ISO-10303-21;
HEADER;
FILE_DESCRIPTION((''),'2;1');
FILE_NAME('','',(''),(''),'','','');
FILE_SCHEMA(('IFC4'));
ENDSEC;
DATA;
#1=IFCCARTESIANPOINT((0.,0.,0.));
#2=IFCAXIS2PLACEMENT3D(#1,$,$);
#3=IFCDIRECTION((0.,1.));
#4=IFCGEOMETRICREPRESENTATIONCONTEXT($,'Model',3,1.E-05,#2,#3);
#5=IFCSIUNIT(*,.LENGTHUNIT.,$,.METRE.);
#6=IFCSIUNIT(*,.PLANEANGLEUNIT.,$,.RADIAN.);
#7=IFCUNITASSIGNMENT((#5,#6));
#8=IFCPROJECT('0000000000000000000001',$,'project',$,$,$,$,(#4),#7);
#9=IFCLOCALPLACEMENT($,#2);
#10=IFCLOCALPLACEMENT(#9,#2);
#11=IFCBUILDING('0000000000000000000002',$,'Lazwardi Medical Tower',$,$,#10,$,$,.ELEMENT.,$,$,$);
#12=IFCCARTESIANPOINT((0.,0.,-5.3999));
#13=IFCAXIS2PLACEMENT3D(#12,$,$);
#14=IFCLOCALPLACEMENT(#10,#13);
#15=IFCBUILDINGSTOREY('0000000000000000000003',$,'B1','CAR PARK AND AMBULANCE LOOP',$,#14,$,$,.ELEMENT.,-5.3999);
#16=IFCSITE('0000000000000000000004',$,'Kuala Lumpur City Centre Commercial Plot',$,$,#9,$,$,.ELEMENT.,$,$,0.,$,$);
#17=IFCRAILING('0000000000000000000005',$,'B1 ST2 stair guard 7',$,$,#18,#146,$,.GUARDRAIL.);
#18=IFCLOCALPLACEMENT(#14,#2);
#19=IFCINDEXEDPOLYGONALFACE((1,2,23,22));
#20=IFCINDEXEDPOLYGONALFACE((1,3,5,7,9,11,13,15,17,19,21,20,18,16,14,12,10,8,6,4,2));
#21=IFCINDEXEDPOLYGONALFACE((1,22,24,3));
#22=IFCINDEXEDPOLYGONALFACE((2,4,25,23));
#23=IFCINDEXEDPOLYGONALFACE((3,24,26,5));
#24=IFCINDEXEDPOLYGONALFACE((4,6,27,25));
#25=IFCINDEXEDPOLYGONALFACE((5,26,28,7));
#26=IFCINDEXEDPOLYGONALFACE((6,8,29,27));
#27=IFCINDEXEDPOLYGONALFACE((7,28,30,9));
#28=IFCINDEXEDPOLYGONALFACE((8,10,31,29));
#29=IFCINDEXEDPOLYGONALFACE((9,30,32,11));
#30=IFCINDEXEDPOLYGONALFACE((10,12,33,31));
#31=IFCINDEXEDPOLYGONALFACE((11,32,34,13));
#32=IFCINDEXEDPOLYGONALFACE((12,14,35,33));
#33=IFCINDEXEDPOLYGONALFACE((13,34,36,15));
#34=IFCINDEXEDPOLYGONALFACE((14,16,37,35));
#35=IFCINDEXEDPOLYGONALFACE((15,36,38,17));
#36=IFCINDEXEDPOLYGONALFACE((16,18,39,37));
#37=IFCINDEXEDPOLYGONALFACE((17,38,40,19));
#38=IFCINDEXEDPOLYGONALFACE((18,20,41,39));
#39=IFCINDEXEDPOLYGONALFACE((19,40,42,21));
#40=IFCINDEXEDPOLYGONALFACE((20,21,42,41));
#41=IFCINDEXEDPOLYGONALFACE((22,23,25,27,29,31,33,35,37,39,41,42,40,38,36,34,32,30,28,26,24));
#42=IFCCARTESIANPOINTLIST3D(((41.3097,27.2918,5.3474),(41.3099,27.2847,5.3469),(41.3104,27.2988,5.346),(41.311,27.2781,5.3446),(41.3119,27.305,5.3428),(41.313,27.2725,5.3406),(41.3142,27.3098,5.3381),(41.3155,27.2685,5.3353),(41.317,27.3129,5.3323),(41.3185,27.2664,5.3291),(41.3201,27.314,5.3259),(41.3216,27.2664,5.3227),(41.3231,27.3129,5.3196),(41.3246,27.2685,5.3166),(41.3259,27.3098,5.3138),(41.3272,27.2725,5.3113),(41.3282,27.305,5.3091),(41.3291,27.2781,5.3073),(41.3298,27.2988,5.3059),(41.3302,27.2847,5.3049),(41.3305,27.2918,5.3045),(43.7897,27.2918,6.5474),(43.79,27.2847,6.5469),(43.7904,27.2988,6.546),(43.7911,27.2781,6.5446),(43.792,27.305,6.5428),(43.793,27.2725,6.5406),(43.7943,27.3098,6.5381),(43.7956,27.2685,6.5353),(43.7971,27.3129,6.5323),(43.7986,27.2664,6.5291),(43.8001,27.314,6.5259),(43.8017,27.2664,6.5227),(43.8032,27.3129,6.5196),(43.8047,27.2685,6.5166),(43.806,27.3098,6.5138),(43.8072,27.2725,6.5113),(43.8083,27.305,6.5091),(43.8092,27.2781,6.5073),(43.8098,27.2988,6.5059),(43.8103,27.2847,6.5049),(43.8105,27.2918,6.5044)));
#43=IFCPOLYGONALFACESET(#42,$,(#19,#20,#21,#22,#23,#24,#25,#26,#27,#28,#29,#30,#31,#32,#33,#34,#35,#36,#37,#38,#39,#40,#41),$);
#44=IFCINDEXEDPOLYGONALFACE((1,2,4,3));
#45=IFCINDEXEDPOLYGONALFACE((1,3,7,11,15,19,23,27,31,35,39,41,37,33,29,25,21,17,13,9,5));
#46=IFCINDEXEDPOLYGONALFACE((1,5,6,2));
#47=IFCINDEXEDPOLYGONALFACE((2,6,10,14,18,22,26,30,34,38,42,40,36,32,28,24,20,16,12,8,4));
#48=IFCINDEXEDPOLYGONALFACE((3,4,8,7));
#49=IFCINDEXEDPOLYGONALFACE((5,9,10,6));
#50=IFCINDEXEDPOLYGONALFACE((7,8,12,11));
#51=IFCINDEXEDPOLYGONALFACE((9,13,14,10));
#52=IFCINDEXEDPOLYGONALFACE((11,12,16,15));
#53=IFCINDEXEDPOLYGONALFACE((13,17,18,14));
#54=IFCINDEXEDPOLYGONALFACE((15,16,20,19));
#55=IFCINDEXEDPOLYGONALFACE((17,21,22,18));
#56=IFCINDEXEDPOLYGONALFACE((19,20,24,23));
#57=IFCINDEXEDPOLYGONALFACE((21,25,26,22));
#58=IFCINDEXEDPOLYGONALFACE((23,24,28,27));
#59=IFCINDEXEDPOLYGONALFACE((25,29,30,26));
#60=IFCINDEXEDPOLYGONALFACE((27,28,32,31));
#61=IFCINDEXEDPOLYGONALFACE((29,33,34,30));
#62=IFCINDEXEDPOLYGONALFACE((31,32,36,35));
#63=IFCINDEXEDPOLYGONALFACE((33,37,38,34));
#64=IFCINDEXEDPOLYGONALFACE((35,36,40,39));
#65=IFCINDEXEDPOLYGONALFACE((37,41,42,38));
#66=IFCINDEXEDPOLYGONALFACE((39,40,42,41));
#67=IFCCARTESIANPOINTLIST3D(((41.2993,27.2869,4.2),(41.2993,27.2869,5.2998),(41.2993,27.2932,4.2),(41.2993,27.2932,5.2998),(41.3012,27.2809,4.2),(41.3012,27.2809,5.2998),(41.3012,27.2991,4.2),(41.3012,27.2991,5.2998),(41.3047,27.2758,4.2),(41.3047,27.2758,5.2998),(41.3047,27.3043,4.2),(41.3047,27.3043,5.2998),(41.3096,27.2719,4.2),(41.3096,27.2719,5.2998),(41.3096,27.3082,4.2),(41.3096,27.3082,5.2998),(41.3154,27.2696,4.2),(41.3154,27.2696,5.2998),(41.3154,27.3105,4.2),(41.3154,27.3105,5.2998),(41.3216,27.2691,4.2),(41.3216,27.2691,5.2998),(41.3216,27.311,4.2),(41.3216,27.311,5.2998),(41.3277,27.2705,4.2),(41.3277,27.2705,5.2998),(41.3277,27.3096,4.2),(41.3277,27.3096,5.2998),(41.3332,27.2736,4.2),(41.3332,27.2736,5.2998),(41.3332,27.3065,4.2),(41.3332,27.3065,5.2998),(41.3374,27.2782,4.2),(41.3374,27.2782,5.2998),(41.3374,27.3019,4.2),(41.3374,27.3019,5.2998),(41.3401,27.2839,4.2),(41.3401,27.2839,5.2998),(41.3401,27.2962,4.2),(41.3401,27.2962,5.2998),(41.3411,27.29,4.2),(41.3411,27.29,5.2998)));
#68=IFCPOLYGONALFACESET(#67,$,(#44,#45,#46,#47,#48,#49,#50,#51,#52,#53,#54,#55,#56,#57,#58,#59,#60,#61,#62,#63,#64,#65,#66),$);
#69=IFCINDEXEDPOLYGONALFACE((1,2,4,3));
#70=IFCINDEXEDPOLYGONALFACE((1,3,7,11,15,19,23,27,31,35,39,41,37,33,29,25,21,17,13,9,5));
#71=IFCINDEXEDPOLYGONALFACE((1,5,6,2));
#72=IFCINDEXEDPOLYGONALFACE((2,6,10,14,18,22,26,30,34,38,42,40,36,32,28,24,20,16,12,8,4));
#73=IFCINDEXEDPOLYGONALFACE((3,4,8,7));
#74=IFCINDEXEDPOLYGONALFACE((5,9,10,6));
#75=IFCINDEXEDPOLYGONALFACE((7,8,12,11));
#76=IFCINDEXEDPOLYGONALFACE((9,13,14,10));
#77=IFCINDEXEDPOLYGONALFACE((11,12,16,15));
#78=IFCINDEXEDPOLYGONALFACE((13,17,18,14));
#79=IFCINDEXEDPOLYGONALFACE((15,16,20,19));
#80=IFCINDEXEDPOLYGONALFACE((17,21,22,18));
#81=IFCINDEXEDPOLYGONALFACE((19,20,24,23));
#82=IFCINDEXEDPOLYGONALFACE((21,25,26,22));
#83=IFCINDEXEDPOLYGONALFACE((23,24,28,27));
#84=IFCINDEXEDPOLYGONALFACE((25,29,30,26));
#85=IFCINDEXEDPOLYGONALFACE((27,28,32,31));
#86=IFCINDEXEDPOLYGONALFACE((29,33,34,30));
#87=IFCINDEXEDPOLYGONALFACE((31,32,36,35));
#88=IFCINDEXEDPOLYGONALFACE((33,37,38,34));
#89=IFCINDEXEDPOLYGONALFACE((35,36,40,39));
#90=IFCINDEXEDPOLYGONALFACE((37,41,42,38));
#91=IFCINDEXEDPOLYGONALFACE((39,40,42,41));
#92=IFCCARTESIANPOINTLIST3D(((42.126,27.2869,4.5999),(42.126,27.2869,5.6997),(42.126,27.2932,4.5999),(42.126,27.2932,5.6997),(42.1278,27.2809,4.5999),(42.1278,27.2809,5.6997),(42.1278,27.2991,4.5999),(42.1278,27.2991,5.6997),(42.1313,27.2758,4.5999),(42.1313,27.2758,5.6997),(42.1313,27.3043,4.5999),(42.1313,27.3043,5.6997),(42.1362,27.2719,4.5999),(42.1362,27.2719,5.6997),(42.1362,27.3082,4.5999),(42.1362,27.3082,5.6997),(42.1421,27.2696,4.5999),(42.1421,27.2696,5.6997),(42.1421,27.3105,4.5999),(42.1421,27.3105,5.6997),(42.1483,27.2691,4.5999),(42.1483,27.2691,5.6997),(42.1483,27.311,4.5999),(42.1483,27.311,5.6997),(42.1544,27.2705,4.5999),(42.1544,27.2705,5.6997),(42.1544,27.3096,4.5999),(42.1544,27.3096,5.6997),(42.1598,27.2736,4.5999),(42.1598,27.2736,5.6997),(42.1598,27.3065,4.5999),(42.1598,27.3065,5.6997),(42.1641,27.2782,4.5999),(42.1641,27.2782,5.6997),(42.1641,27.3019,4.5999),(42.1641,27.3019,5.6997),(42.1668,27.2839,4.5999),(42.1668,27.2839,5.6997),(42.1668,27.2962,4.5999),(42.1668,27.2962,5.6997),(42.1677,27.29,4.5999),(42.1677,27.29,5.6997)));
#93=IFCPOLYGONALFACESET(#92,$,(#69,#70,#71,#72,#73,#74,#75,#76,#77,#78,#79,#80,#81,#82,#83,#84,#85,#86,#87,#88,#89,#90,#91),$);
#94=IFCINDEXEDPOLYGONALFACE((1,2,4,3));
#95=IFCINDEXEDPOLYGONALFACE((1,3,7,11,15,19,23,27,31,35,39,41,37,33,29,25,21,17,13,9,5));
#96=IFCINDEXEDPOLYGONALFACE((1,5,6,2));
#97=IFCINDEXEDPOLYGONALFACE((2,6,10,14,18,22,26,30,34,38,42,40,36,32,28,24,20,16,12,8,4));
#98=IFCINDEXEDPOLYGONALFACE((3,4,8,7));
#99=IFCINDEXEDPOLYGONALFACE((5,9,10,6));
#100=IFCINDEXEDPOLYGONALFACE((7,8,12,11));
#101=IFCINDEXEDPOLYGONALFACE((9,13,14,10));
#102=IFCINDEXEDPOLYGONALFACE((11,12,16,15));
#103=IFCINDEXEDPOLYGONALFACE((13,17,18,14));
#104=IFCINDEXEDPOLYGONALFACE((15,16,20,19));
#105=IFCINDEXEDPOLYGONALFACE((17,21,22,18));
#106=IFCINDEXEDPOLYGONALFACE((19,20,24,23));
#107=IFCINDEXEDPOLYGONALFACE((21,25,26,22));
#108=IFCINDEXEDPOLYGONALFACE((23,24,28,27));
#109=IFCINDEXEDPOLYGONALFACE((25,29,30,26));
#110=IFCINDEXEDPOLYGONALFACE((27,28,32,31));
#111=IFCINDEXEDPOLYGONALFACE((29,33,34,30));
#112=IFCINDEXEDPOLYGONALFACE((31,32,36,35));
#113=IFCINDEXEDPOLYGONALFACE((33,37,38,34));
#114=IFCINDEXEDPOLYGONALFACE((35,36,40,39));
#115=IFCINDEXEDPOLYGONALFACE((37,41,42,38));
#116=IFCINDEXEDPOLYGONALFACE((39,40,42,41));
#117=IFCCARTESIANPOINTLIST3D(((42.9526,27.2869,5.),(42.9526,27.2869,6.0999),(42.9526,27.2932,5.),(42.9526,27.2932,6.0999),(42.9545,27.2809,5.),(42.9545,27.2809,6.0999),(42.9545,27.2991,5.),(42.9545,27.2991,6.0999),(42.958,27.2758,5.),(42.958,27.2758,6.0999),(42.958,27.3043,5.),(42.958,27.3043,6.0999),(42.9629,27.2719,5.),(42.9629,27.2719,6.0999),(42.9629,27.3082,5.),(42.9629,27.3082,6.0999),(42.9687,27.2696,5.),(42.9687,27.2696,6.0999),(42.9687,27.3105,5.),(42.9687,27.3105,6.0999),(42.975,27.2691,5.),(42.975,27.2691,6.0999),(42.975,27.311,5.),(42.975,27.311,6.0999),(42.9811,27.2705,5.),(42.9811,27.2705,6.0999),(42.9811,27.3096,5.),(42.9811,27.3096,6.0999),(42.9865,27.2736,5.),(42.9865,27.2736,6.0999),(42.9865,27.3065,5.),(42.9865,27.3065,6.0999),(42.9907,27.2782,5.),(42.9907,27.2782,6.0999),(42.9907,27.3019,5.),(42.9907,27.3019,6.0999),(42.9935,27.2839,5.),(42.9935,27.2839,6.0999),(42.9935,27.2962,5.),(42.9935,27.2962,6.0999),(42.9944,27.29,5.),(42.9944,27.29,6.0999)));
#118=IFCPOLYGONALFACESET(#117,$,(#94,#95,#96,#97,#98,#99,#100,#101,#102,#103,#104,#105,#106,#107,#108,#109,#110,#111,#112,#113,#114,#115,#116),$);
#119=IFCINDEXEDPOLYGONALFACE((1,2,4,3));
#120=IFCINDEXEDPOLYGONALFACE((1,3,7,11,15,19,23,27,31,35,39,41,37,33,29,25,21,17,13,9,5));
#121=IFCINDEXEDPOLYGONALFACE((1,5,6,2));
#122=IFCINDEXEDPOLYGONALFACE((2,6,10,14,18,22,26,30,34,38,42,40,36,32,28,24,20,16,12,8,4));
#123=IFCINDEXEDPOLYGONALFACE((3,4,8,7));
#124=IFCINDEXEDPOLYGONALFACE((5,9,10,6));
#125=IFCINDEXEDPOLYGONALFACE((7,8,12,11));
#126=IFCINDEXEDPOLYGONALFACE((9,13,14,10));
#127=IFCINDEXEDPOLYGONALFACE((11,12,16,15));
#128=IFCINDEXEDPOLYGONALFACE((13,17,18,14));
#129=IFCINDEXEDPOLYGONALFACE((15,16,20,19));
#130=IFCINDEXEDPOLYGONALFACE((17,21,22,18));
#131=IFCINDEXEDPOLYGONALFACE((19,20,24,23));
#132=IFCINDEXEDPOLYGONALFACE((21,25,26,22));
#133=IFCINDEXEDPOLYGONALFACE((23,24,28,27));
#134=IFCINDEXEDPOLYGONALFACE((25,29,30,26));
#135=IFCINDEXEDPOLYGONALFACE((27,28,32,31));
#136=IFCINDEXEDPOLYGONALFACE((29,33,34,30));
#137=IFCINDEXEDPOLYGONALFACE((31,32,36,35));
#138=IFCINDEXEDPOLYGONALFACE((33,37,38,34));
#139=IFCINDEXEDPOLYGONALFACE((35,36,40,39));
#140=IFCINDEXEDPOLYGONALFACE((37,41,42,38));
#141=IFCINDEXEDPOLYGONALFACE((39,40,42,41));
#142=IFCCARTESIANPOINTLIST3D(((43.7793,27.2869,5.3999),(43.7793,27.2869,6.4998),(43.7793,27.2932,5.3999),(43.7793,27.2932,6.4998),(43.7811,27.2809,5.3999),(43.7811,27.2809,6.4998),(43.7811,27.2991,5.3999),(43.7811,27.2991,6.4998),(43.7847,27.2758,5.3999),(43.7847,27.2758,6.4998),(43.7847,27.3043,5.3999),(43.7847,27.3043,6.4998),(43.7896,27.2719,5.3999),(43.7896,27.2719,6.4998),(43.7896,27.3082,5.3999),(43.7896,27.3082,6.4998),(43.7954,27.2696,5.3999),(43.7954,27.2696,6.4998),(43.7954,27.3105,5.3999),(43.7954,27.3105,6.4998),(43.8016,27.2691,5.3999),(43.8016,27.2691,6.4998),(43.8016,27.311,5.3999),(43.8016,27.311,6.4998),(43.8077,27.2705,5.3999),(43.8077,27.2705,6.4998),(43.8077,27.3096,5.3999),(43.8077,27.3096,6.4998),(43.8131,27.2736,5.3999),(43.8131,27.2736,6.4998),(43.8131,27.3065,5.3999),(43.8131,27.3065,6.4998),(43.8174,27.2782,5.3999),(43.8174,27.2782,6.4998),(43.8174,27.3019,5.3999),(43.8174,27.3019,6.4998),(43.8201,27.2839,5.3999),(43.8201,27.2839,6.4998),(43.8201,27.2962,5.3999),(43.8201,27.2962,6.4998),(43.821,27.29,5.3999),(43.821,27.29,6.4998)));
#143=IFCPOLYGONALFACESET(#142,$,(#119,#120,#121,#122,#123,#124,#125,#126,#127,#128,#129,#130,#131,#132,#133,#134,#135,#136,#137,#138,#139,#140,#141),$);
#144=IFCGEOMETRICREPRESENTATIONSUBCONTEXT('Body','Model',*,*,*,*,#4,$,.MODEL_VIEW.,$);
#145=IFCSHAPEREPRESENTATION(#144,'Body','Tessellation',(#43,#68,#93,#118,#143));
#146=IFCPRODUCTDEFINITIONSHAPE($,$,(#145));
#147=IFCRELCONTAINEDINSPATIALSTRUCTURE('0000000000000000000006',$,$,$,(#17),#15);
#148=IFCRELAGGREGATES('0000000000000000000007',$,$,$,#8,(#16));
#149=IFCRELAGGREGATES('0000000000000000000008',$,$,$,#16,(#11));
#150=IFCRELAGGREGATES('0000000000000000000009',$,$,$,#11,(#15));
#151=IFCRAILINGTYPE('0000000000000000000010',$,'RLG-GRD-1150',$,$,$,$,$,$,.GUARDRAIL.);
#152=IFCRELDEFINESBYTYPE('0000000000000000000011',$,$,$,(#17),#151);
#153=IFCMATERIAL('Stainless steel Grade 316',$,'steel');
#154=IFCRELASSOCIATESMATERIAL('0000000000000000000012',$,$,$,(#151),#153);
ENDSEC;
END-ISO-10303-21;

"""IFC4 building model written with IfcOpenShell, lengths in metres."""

from ifc_helpers import new_model, si_unit, direction, frame, origin, origin_2d, place, context, subcontext, project, spatial, circle, extrude, material, type_object, element, save


model = new_model("IFC4")

# Units and contexts
model_context = context("Model", 3, precision=1e-05, world=origin(), true_north=direction((0.0, 1.0)))
body_context = subcontext(model_context, "Body", "Model", "MODEL_VIEW")
ifc_project = project(units=[si_unit("LENGTHUNIT", "METRE"), si_unit("PLANEANGLEUNIT", "RADIAN")], contexts=[model_context])

# Site, building, storey
site_placement = place(None, origin())
site = spatial("IfcSite", under=ifc_project, at=site_placement, Name="Kuala Lumpur City Centre Commercial Plot", CompositionType="ELEMENT", RefElevation=0.0)
building_placement = place(site_placement, origin())
building = spatial("IfcBuilding", under=site, at=building_placement, Name="Lazwardi Medical Tower", CompositionType="ELEMENT")
storey_placement = place(building_placement, frame((0.0, 0.0, -5.3999)))
storey = spatial("IfcBuildingStorey", under=building, at=storey_placement, Name="B1", Description="CAR PARK AND AMBULANCE LOOP", CompositionType="ELEMENT", Elevation=-5.3999)

# Railing
ifc_material_1 = material(Name="Stainless steel Grade 316", Category="steel")
railing_type_1 = type_object("IfcRailingType", Name="RLG-GRD-1150", PredefinedType="GUARDRAIL", material=ifc_material_1)
for number, where, name in (
    (1, (41.3201, 27.29, 4.2), "B1 ST2 stair guard 7"),
):
    element("IfcRailing", number, at=place(storey_placement, frame(where)), inside=storey, type_object=railing_type_1, Name=name, PredefinedType="GUARDRAIL", context=body_context, shape_type="SweptSolid", body=[
        extrude(circle(Radius=0.0239, at=origin_2d()), frame((0.0, 0.0, 1.126), z_axis=(0.900165, 0.0, 0.435549), x_axis=(0.0, 1.0, 0.0)), (0.0, 0.0, 1.0), 2.7551),
        extrude(circle(Radius=0.021, at=origin_2d()), origin(), (0.0, 0.0, 1.0), 1.0999),
        extrude(circle(Radius=0.021, at=origin_2d()), frame((0.8267, 0.0, 0.3999)), (0.0, 0.0, 1.0), 1.0999),
        extrude(circle(Radius=0.021, at=origin_2d()), frame((1.6533, 0.0, 0.8)), (0.0, 0.0, 1.0), 1.0999),
        extrude(circle(Radius=0.021, at=origin_2d()), frame((2.48, 0.0, 1.2)), (0.0, 0.0, 1.0), 1.0999),
    ])

save(model, "model.ifc")
